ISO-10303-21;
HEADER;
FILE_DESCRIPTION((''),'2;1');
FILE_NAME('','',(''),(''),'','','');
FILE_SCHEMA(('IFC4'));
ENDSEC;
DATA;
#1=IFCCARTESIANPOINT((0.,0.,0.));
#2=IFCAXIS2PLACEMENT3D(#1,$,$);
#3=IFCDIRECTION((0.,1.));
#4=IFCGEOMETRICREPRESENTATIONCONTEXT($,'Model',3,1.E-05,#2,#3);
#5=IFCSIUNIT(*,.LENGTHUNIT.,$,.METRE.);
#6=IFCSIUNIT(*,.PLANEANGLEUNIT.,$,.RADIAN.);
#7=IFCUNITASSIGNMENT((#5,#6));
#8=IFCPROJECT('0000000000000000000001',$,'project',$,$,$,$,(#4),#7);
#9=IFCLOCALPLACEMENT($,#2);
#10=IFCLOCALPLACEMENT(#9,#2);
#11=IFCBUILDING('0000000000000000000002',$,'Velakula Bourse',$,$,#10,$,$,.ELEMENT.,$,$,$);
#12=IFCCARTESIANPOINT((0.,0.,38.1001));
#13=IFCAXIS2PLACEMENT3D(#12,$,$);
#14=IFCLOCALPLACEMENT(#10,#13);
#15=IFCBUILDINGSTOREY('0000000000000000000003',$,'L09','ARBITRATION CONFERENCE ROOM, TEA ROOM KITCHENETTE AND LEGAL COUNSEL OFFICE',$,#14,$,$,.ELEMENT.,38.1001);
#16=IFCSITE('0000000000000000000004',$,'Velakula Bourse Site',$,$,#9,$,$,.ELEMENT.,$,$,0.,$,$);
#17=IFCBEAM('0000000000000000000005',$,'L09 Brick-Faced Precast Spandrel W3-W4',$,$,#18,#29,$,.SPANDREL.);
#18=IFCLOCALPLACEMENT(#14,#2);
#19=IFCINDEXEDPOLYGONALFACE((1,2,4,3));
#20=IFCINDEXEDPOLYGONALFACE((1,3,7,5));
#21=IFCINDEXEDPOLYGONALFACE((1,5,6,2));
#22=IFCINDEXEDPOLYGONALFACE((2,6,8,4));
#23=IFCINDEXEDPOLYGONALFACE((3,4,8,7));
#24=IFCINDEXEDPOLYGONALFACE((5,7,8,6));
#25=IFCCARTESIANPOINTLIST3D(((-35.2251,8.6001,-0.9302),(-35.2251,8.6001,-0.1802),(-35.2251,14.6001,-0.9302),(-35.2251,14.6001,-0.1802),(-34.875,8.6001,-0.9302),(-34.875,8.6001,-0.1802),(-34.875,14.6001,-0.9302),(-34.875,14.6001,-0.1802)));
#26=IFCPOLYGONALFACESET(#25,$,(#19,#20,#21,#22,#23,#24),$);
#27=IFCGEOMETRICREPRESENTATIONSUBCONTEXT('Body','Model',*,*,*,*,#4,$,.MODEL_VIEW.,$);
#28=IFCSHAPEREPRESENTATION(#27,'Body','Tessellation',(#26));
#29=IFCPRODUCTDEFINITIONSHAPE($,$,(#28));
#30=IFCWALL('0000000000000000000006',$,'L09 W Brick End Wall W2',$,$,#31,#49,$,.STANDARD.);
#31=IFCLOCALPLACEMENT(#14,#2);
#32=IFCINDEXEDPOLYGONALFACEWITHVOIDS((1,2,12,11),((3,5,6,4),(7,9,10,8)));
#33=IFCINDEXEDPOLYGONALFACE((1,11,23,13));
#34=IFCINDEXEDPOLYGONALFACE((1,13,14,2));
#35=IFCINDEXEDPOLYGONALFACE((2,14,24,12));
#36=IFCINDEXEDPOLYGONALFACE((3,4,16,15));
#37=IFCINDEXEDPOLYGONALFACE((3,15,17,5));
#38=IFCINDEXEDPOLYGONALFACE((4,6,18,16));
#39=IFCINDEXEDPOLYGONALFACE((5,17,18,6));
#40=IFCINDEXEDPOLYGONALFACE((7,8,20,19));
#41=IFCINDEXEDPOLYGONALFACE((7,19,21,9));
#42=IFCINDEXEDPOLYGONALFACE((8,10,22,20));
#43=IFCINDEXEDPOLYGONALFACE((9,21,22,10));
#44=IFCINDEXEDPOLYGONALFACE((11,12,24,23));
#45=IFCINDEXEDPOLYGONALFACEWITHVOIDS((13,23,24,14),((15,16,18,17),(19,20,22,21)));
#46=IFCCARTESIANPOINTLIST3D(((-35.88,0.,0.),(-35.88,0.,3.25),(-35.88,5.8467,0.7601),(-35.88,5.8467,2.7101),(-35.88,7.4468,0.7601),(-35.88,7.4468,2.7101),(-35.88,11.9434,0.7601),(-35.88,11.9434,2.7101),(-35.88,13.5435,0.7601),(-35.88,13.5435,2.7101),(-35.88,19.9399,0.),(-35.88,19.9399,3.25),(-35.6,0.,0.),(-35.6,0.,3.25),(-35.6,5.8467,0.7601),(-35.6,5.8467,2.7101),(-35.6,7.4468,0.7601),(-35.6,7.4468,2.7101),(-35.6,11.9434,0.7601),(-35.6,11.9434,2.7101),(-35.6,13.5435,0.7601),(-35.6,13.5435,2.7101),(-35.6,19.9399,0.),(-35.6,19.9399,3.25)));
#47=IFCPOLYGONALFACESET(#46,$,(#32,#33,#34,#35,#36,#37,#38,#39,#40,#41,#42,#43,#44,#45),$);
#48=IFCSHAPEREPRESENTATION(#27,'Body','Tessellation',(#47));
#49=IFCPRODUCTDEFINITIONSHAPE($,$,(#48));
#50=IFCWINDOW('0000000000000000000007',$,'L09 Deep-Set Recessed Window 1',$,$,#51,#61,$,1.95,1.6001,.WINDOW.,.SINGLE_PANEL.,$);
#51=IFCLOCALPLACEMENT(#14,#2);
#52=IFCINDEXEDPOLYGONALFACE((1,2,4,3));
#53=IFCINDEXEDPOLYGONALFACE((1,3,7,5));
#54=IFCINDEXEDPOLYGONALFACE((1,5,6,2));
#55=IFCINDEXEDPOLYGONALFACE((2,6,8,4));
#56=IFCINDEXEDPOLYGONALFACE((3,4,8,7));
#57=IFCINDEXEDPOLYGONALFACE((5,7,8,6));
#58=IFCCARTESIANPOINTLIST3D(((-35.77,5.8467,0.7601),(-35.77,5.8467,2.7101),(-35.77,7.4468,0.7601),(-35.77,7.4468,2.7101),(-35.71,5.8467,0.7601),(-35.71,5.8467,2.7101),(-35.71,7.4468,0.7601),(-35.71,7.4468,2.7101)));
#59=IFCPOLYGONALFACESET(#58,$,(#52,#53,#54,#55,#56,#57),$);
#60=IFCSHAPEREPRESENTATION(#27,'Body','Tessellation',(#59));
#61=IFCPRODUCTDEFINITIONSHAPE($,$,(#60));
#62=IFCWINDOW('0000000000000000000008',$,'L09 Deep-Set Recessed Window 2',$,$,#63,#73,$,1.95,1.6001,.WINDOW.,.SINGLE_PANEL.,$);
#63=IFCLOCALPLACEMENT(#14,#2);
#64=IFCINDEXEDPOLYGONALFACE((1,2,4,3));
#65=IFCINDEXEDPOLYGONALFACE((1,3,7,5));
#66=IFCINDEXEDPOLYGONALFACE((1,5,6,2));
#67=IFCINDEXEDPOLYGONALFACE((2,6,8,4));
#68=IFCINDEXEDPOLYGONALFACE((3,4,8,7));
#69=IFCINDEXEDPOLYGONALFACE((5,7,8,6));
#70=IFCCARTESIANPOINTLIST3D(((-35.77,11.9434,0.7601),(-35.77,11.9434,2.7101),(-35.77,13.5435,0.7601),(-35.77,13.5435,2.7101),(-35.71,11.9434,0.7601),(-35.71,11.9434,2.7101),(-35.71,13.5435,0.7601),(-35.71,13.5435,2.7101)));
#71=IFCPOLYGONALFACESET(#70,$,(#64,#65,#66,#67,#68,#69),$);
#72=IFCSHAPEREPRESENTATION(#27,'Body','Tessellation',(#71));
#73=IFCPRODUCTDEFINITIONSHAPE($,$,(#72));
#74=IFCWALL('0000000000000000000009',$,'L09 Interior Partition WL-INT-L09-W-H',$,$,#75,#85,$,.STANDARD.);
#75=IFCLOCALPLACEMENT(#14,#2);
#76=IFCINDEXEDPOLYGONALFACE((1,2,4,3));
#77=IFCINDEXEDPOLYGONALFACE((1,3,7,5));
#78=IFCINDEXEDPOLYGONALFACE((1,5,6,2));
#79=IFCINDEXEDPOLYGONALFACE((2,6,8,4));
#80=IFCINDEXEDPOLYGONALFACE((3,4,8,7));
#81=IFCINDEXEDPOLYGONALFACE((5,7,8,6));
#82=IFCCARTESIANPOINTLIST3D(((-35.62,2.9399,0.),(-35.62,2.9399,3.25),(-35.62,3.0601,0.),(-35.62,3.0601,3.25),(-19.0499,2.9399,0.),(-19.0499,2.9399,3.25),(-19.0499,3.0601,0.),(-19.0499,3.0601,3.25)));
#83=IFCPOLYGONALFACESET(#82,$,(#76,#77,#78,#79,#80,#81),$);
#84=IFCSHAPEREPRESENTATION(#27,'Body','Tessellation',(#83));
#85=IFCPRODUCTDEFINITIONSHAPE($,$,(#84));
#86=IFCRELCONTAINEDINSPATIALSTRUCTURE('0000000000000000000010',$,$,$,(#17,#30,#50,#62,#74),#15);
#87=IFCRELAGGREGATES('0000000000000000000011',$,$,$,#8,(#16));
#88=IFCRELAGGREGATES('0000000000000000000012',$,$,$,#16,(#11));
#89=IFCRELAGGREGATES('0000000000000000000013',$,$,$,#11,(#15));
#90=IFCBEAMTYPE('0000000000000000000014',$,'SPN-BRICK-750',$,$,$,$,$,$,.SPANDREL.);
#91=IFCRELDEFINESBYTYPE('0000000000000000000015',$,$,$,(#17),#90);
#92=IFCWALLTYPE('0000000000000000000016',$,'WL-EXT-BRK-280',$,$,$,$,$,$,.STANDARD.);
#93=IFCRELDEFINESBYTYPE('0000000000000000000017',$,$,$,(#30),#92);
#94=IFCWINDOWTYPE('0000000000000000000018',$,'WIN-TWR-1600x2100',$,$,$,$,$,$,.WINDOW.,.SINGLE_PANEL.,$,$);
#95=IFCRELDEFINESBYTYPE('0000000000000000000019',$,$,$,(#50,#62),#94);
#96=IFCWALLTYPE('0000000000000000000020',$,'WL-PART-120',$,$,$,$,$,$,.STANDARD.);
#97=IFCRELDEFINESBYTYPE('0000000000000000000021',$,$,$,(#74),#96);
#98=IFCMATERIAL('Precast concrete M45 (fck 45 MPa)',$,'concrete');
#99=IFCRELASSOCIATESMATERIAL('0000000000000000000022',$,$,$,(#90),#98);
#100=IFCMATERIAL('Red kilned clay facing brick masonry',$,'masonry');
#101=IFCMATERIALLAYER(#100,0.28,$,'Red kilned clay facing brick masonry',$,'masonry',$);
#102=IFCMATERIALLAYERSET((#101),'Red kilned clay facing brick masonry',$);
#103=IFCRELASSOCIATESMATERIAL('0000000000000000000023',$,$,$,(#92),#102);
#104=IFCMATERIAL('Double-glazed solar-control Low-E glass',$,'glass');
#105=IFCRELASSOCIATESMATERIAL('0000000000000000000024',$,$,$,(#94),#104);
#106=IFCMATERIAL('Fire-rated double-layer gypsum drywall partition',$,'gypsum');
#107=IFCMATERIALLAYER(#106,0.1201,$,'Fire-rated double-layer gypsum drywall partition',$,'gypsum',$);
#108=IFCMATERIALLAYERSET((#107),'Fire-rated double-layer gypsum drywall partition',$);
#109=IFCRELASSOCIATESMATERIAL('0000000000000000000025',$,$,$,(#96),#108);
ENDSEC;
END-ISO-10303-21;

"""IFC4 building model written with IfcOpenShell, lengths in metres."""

from ifc_helpers import new_model, si_unit, direction, frame, frame_2d, origin, origin_2d, place, context, subcontext, project, spatial, rectangle, extrude, material, layer, layer_set, material_profile, profile_set, type_object, element, fill, save


model = new_model("IFC4")

# Units and contexts
model_context = context("Model", 3, precision=1e-05, world=origin(), true_north=direction((0.0, 1.0)))
body_context = subcontext(model_context, "Body", "Model", "MODEL_VIEW")
ifc_project = project(units=[si_unit("LENGTHUNIT", "METRE"), si_unit("PLANEANGLEUNIT", "RADIAN")], contexts=[model_context])

# Site, building, storey
site_placement = place(None, origin())
site = spatial("IfcSite", under=ifc_project, at=site_placement, Name="Velakula Bourse Site", CompositionType="ELEMENT", RefElevation=0.0)
building_placement = place(site_placement, origin())
building = spatial("IfcBuilding", under=site, at=building_placement, Name="Velakula Bourse", CompositionType="ELEMENT")
storey_placement = place(building_placement, frame((0.0, 0.0, 38.1001)))
storey = spatial("IfcBuildingStorey", under=building, at=storey_placement, Name="L09", Description="ARBITRATION CONFERENCE ROOM, TEA ROOM KITCHENETTE AND LEGAL COUNSEL OFFICE", CompositionType="ELEMENT", Elevation=38.1001)

# Beam
ifc_material_1 = material(Name="Precast concrete M45 (fck 45 MPa)", Category="concrete")
ifc_material_profile_1 = material_profile(ifc_material_1, rectangle(XDim=0.3501, YDim=0.75, at=origin_2d()), Name="Precast concrete M45 (fck 45 MPa)")
ifc_profile_set_1 = profile_set([ifc_material_profile_1], Name="Precast concrete M45 (fck 45 MPa)")
beam_type_1 = type_object("IfcBeamType", Name="SPN-BRICK-750", PredefinedType="SPANDREL", material=ifc_profile_set_1)
beam_1_placement = place(storey_placement, frame((-35.05, 8.6001, -0.5552), z_axis=(0.0, 1.0, 0.0), x_axis=(-1.0, 0.0, 0.0)))
element("IfcBeam", 1, at=beam_1_placement, inside=storey, type_object=beam_type_1, Name="L09 Brick-Faced Precast Spandrel W3-W4", PredefinedType="SPANDREL", context=body_context, shape_type="SweptSolid", body=[
    extrude(rectangle(XDim=0.3501, YDim=0.75, at=origin_2d()), origin(), (0.0, 0.0, 1.0), 6.0),
])

# Wall, openings, windows
ifc_material_2 = material(Name="Red kilned clay facing brick masonry", Category="masonry")
ifc_layer_1 = layer(ifc_material_2, 0.28, Name="Red kilned clay facing brick masonry", Category="masonry")
ifc_layer_set_1 = layer_set([ifc_layer_1], Name="Red kilned clay facing brick masonry")
wall_type_1 = type_object("IfcWallType", Name="WL-EXT-BRK-280", PredefinedType="STANDARD", material=ifc_layer_set_1)
wall_1_placement = place(storey_placement, frame((-35.74, 0.0, 0.0), z_axis=(0.0, 0.0, 1.0), x_axis=(0.0, 1.0, 0.0)))
wall_1 = element("IfcWall", 2, at=wall_1_placement, inside=storey, type_object=wall_type_1, Name="L09 W Brick End Wall W2", PredefinedType="STANDARD", context=body_context, shape_type="SweptSolid", body=[
    extrude(rectangle(XDim=19.9399, YDim=0.28, at=frame_2d((9.97, 0.0))), origin(), (0.0, 0.0, 1.0), 3.25),
])
opening_1_placement = place(wall_1_placement, frame((5.8467, 0.0, 0.76)))
opening_1 = element("IfcOpeningElement", 3, at=opening_1_placement, cuts=wall_1, PredefinedType="OPENING", context=body_context, shape_type="SweptSolid", body=[
    extrude(rectangle(XDim=1.6001, YDim=1.95, at=frame_2d((0.8, 0.9751))), frame((0.0, 0.1499, 0.0), z_axis=(0.0, -1.0, 0.0), x_axis=(1.0, 0.0, 0.0)), (0.0, 0.0, 1.0), 0.3),
])
opening_2_placement = place(wall_1_placement, frame((11.9434, 0.0, 0.76)))
opening_2 = element("IfcOpeningElement", 4, at=opening_2_placement, cuts=wall_1, PredefinedType="OPENING", context=body_context, shape_type="SweptSolid", body=[
    extrude(rectangle(XDim=1.6001, YDim=1.95, at=frame_2d((0.8, 0.9751))), frame((0.0, 0.1499, 0.0), z_axis=(0.0, -1.0, 0.0), x_axis=(1.0, 0.0, 0.0)), (0.0, 0.0, 1.0), 0.3),
])
ifc_material_3 = material(Name="Double-glazed solar-control Low-E glass", Category="glass")
window_type = type_object("IfcWindowType", Name="WIN-TWR-1600x2100", PartitioningType="SINGLE_PANEL", PredefinedType="WINDOW", material=ifc_material_3)
window_1_placement = place(opening_1_placement, origin())
window_1 = element("IfcWindow", 5, at=window_1_placement, inside=storey, type_object=window_type, Name="L09 Deep-Set Recessed Window 1", OverallHeight=1.95, OverallWidth=1.6001, PartitioningType="SINGLE_PANEL", PredefinedType="WINDOW", context=body_context, shape_type="SweptSolid", body=[
    extrude(rectangle(XDim=1.6001, YDim=1.95, at=frame_2d((0.8, 0.9751))), frame((0.0, 0.03, 0.0), z_axis=(0.0, -1.0, 0.0), x_axis=(1.0, 0.0, 0.0)), (0.0, 0.0, 1.0), 0.0601),
])
fill(opening_1, window_1)
window_2_placement = place(opening_2_placement, origin())
window_2 = element("IfcWindow", 6, at=window_2_placement, inside=storey, type_object=window_type, Name="L09 Deep-Set Recessed Window 2", OverallHeight=1.95, OverallWidth=1.6001, PartitioningType="SINGLE_PANEL", PredefinedType="WINDOW", context=body_context, shape_type="SweptSolid", body=[
    extrude(rectangle(XDim=1.6001, YDim=1.95, at=frame_2d((0.8, 0.9751))), frame((0.0, 0.03, 0.0), z_axis=(0.0, -1.0, 0.0), x_axis=(1.0, 0.0, 0.0)), (0.0, 0.0, 1.0), 0.0601),
])
fill(opening_2, window_2)

# Wall
ifc_material_4 = material(Name="Fire-rated double-layer gypsum drywall partition", Category="gypsum")
ifc_layer_2 = layer(ifc_material_4, 0.1201, Name="Fire-rated double-layer gypsum drywall partition", Category="gypsum")
ifc_layer_set_2 = layer_set([ifc_layer_2], Name="Fire-rated double-layer gypsum drywall partition")
wall_type_2 = type_object("IfcWallType", Name="WL-PART-120", PredefinedType="STANDARD", material=ifc_layer_set_2)
wall_2_placement = place(storey_placement, frame((-35.6201, 3.0, 0.0), z_axis=(0.0, 0.0, 1.0), x_axis=(1.0, 0.0, 0.0)))
element("IfcWall", 7, at=wall_2_placement, inside=storey, type_object=wall_type_2, Name="L09 Interior Partition WL-INT-L09-W-H", PredefinedType="STANDARD", context=body_context, shape_type="SweptSolid", body=[
    extrude(rectangle(XDim=16.5701, YDim=0.1201, at=frame_2d((8.2852, 0.0))), origin(), (0.0, 0.0, 1.0), 3.25),
])

save(model, "model.ifc")
